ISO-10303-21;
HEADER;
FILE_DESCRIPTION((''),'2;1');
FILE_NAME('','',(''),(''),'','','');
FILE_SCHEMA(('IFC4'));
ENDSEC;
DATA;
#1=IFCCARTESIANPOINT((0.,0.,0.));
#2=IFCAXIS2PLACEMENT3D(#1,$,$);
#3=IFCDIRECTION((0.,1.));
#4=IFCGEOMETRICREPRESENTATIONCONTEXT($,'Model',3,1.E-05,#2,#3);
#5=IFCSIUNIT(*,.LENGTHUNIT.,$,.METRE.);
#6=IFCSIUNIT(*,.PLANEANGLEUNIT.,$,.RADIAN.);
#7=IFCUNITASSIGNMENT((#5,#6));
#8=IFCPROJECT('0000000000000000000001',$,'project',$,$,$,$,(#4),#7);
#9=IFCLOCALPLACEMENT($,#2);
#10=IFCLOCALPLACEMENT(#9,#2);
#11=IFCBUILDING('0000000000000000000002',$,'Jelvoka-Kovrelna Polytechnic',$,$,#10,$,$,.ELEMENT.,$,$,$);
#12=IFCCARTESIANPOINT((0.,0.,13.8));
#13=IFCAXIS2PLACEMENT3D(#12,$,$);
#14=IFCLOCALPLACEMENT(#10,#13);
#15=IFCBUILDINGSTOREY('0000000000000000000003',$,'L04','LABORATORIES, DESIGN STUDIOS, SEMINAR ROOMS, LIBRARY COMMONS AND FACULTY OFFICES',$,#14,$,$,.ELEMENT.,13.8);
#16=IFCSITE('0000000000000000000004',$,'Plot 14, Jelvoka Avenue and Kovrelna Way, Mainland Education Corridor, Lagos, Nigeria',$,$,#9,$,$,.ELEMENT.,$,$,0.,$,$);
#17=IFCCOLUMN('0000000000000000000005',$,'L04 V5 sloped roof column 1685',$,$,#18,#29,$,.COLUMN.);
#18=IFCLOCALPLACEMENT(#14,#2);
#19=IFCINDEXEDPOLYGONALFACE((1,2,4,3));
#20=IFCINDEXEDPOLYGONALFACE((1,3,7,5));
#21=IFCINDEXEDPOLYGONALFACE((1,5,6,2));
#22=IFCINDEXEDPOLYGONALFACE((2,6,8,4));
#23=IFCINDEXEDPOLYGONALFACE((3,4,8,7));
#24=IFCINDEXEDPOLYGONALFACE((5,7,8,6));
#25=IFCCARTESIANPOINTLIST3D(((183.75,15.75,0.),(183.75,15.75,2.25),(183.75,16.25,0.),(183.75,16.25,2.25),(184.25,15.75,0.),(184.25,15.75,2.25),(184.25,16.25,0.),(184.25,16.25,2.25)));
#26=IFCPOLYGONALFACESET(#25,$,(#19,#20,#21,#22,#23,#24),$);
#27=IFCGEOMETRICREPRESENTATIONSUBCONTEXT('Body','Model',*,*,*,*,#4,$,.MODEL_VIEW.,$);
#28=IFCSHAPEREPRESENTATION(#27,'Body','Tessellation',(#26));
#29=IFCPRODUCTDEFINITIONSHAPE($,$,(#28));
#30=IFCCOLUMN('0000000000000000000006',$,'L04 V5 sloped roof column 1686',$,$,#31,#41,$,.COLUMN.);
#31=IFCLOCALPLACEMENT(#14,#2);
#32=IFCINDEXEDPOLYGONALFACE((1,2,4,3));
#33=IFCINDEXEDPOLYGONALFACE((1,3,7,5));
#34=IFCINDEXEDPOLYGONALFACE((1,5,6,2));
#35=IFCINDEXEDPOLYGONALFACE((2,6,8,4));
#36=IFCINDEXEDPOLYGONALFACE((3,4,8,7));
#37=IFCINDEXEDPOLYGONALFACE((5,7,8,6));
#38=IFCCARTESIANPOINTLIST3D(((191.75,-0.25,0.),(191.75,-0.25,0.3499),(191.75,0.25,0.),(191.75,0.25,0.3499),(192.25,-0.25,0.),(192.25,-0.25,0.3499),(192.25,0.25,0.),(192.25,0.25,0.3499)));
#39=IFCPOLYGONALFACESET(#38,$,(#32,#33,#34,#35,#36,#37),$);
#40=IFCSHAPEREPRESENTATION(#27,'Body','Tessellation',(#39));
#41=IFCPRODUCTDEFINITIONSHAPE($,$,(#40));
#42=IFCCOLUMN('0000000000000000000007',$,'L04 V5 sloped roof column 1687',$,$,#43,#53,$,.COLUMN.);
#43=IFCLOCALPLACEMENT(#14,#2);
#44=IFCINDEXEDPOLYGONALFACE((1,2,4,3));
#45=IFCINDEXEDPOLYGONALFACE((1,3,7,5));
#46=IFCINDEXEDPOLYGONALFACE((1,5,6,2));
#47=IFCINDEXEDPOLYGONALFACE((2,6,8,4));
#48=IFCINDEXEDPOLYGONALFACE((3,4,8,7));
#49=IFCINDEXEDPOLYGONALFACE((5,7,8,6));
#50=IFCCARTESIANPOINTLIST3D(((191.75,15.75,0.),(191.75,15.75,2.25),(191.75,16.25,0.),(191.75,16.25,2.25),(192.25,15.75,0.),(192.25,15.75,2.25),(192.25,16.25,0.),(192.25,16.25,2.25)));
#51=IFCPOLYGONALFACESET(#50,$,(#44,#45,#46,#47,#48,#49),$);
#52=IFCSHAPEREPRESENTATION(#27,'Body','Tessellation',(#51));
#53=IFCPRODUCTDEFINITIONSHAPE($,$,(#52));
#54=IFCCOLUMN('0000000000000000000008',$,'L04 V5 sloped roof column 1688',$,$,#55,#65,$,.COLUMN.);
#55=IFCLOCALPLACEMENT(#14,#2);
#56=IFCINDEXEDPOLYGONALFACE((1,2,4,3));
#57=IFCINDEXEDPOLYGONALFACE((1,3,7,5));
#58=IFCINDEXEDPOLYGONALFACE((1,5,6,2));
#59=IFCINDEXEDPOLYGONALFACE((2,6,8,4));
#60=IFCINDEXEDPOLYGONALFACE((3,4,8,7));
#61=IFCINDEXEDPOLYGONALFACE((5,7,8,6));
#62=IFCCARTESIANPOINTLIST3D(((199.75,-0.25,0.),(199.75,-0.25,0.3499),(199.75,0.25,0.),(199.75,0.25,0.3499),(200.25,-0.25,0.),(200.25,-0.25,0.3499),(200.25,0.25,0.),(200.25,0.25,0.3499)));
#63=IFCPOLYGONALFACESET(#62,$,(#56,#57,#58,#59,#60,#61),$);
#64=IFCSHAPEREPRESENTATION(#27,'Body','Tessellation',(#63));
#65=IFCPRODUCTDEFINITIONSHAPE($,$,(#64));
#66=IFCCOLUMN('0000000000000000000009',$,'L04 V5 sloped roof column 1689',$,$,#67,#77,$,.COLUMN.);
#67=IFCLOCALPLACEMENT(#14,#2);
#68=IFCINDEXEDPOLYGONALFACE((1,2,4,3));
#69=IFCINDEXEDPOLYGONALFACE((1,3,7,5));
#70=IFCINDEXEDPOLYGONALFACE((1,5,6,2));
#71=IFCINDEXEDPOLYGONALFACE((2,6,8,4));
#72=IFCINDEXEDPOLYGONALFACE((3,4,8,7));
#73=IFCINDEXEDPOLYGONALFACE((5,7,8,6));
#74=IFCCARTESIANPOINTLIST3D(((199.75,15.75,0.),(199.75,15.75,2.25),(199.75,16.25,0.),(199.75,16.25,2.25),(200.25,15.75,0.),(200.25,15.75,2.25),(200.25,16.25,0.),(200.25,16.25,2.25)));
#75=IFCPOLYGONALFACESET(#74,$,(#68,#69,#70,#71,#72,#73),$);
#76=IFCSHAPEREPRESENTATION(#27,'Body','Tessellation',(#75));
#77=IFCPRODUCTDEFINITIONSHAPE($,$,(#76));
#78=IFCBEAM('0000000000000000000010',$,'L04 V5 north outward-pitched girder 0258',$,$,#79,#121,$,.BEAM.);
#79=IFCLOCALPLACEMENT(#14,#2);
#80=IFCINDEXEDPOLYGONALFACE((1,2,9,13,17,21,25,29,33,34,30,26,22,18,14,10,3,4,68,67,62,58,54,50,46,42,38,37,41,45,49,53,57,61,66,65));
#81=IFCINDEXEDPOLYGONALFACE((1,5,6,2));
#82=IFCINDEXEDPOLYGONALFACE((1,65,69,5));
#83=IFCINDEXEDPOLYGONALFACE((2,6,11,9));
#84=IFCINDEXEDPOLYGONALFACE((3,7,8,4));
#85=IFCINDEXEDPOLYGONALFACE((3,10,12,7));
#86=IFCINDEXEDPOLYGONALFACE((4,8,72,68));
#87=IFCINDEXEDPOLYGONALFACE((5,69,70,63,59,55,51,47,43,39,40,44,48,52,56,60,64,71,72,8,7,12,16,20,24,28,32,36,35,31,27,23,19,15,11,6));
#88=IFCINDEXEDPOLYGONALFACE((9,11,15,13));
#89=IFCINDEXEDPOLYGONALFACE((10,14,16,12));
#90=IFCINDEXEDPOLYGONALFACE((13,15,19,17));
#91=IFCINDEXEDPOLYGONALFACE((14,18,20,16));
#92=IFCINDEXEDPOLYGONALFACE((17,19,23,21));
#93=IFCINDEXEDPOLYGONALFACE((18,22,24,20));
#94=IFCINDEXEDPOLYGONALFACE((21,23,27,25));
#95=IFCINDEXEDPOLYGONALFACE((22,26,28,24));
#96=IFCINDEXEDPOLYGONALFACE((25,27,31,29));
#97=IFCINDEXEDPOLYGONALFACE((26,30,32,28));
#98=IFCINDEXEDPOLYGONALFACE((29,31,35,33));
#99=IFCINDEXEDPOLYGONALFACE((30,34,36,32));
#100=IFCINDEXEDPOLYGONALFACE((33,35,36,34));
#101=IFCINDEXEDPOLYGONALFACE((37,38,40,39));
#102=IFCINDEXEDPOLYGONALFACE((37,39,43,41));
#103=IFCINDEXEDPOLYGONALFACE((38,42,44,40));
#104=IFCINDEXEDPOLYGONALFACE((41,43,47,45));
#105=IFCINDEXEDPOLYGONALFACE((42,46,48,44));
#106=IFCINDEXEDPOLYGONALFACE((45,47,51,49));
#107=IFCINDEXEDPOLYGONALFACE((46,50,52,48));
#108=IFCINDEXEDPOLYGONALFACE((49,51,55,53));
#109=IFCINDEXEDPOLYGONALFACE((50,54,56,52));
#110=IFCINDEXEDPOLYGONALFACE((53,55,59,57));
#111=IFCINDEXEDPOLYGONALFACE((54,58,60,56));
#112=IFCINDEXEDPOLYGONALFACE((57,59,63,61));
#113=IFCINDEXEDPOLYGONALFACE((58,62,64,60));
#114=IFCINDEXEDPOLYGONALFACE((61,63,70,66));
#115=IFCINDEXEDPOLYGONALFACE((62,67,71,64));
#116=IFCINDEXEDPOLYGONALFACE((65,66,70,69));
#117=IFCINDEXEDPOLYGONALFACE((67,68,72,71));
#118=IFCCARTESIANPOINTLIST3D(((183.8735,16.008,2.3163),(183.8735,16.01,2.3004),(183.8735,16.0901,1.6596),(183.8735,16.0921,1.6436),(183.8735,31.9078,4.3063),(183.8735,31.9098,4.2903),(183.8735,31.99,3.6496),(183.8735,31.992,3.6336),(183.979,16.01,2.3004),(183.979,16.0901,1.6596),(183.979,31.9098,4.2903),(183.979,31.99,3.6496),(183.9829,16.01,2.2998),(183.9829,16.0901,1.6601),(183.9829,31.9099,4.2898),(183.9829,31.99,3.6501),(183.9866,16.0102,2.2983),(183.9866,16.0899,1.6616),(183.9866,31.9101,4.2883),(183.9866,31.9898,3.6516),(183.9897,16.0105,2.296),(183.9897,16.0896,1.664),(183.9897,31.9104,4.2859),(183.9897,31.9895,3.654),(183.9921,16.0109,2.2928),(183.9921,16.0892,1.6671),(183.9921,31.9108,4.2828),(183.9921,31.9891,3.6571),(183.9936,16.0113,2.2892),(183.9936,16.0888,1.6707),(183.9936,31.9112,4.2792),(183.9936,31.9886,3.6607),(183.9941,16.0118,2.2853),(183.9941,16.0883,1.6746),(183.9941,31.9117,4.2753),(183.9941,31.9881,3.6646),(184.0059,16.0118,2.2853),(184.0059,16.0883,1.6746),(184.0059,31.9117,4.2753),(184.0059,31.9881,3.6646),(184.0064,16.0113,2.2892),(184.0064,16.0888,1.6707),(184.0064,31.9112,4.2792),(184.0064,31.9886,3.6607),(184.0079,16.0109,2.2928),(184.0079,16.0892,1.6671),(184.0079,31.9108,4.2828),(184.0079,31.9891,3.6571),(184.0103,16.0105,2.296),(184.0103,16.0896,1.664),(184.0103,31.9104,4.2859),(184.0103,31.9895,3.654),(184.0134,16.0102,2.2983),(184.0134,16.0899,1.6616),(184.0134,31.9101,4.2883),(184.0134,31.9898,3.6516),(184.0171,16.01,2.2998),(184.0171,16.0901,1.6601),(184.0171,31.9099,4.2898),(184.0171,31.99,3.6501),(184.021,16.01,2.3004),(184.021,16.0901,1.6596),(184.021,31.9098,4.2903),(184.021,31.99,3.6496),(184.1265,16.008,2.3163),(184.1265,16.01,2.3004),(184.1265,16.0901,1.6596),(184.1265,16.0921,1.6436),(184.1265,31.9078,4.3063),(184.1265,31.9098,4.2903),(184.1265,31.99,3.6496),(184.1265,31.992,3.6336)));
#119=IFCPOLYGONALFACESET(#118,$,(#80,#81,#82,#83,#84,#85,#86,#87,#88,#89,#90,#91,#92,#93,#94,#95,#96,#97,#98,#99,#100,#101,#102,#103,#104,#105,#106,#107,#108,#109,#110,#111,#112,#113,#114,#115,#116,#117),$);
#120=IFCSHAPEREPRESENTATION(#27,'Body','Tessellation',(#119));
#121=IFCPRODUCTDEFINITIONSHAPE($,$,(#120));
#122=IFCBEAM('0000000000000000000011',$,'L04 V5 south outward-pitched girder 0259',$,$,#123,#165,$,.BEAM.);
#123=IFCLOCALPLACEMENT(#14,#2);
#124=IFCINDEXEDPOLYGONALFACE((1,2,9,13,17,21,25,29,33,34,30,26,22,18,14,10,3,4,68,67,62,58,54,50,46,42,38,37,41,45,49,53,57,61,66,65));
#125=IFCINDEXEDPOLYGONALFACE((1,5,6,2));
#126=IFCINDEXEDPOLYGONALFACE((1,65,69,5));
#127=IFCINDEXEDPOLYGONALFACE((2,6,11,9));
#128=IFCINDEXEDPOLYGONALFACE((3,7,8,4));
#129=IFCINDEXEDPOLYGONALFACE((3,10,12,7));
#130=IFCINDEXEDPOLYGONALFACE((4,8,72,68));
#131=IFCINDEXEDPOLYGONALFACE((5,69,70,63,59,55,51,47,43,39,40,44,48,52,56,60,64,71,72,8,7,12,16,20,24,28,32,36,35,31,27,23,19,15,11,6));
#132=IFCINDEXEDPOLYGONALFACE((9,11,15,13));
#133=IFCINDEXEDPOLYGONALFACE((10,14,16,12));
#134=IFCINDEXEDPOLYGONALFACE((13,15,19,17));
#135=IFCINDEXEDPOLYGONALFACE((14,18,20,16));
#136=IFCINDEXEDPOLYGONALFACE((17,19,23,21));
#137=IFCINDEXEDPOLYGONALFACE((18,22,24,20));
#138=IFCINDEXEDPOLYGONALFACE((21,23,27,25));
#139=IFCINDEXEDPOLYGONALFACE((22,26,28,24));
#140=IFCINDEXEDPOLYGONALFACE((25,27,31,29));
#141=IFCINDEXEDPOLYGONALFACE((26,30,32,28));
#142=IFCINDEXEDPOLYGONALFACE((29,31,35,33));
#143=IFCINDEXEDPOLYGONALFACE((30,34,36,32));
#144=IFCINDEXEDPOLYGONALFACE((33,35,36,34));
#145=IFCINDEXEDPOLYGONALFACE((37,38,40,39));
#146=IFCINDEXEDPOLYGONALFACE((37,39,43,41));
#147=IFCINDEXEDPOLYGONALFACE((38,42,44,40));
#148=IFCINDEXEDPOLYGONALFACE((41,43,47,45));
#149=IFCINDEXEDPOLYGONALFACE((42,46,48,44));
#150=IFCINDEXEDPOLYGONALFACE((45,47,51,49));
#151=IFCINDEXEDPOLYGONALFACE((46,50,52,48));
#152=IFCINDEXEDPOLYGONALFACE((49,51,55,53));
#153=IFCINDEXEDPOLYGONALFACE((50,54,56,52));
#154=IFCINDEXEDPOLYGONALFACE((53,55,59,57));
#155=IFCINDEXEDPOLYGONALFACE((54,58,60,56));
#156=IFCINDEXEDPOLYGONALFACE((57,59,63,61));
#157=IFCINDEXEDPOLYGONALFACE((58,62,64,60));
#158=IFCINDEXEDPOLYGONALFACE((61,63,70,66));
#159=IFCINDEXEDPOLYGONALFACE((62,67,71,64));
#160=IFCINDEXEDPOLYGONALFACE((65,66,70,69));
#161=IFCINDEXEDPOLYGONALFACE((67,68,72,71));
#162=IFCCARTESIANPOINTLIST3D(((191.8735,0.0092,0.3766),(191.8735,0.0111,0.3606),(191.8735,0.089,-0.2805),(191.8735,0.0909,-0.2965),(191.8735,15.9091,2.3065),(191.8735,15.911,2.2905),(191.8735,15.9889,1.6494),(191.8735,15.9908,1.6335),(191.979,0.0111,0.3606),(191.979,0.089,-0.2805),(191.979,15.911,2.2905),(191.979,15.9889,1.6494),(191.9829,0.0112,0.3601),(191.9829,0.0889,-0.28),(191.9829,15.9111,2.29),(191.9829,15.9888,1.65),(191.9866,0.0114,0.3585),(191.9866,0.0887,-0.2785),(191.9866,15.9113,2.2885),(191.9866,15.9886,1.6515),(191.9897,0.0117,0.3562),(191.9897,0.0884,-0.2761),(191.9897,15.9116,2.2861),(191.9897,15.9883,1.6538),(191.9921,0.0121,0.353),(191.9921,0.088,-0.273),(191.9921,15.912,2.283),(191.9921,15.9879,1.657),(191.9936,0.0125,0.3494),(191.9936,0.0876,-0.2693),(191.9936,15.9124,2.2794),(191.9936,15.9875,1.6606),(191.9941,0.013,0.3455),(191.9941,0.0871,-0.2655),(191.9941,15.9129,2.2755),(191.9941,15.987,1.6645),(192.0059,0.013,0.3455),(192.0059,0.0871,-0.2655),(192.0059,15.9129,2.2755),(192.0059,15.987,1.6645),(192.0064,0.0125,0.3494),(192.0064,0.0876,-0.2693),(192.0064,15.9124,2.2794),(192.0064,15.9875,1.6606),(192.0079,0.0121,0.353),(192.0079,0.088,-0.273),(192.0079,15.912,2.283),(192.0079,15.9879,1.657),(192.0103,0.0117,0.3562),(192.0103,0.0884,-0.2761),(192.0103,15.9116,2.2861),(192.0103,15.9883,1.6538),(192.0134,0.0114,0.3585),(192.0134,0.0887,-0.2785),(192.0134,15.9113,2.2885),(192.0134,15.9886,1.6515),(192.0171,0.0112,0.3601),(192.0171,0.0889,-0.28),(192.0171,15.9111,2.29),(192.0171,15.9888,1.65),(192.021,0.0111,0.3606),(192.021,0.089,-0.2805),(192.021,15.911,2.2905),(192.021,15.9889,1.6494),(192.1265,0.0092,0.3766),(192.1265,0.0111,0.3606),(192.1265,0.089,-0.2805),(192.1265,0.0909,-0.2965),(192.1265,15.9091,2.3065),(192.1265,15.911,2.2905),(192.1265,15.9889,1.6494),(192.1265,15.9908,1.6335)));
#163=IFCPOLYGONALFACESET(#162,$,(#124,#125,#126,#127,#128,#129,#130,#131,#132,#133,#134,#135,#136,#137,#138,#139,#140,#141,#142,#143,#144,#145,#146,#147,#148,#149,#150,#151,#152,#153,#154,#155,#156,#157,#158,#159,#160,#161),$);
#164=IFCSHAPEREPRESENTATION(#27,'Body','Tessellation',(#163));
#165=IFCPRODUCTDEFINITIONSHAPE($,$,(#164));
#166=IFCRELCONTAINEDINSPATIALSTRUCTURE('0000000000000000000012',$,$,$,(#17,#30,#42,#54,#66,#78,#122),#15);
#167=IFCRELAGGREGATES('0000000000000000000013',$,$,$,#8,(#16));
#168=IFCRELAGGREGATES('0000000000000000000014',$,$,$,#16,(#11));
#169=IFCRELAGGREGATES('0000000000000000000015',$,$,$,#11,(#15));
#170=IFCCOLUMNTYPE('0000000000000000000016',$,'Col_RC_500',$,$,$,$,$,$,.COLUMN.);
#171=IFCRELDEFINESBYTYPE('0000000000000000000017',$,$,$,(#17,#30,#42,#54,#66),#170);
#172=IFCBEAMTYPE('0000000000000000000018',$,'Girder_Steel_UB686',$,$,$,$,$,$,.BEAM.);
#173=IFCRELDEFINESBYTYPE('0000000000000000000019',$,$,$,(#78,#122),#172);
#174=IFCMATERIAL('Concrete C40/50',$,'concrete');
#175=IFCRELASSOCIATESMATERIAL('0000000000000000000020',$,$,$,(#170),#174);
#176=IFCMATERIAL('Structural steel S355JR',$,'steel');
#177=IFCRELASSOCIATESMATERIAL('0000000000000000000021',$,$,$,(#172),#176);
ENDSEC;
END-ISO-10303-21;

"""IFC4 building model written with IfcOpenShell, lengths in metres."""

from ifc_helpers import new_model, si_unit, direction, frame, origin, origin_2d, place, context, subcontext, project, spatial, rectangle, i_section, extrude, material, material_profile, profile_set, type_object, element, save


model = new_model("IFC4")

# Units and contexts
model_context = context("Model", 3, precision=1e-05, world=origin(), true_north=direction((0.0, 1.0)))
body_context = subcontext(model_context, "Body", "Model", "MODEL_VIEW")
ifc_project = project(units=[si_unit("LENGTHUNIT", "METRE"), si_unit("PLANEANGLEUNIT", "RADIAN")], contexts=[model_context])

# Site, building, storey
site_placement = place(None, origin())
site = spatial("IfcSite", under=ifc_project, at=site_placement, Name="Plot 14, Jelvoka Avenue and Kovrelna Way, Mainland Education Corridor, Lagos, Nigeria", CompositionType="ELEMENT", RefElevation=0.0)
building_placement = place(site_placement, origin())
building = spatial("IfcBuilding", under=site, at=building_placement, Name="Jelvoka-Kovrelna Polytechnic", CompositionType="ELEMENT")
storey_placement = place(building_placement, frame((0.0, 0.0, 13.8)))
storey = spatial("IfcBuildingStorey", under=building, at=storey_placement, Name="L04", Description="LABORATORIES, DESIGN STUDIOS, SEMINAR ROOMS, LIBRARY COMMONS AND FACULTY OFFICES", CompositionType="ELEMENT", Elevation=13.8)

# Columns
ifc_material_1 = material(Name="Concrete C40/50", Category="concrete")
ifc_material_profile_1 = material_profile(ifc_material_1, rectangle(XDim=0.5, YDim=0.5, at=origin_2d()), Name="RC 500x500")
ifc_profile_set_1 = profile_set([ifc_material_profile_1], Name="Concrete C40/50")
column_type = type_object("IfcColumnType", Name="Col_RC_500", PredefinedType="COLUMN", material=ifc_profile_set_1)
column_1_placement = place(storey_placement, frame((184.0, 16.0, 0.0), z_axis=(0.0, 0.0, 1.0), x_axis=(1.0, 0.0, 0.0)))
element("IfcColumn", 1, at=column_1_placement, inside=storey, type_object=column_type, Name="L04 V5 sloped roof column 1685", PredefinedType="COLUMN", context=body_context, shape_type="SweptSolid", body=[
    extrude(rectangle(XDim=0.5, YDim=0.5, at=origin_2d()), origin(), (0.0, 0.0, 1.0), 2.25),
])
column_2_placement = place(storey_placement, frame((192.0, 0.0, 0.0), z_axis=(0.0, 0.0, 1.0), x_axis=(1.0, 0.0, 0.0)))
element("IfcColumn", 2, at=column_2_placement, inside=storey, type_object=column_type, Name="L04 V5 sloped roof column 1686", PredefinedType="COLUMN", context=body_context, shape_type="SweptSolid", body=[
    extrude(rectangle(XDim=0.5, YDim=0.5, at=origin_2d()), origin(), (0.0, 0.0, 1.0), 0.3499),
])
column_3_placement = place(storey_placement, frame((192.0, 16.0, 0.0), z_axis=(0.0, 0.0, 1.0), x_axis=(1.0, 0.0, 0.0)))
element("IfcColumn", 3, at=column_3_placement, inside=storey, type_object=column_type, Name="L04 V5 sloped roof column 1687", PredefinedType="COLUMN", context=body_context, shape_type="SweptSolid", body=[
    extrude(rectangle(XDim=0.5, YDim=0.5, at=origin_2d()), origin(), (0.0, 0.0, 1.0), 2.25),
])
column_4_placement = place(storey_placement, frame((200.0, 0.0, 0.0), z_axis=(0.0, 0.0, 1.0), x_axis=(1.0, 0.0, 0.0)))
element("IfcColumn", 4, at=column_4_placement, inside=storey, type_object=column_type, Name="L04 V5 sloped roof column 1688", PredefinedType="COLUMN", context=body_context, shape_type="SweptSolid", body=[
    extrude(rectangle(XDim=0.5, YDim=0.5, at=origin_2d()), origin(), (0.0, 0.0, 1.0), 0.3499),
])
column_5_placement = place(storey_placement, frame((200.0, 16.0, 0.0), z_axis=(0.0, 0.0, 1.0), x_axis=(1.0, 0.0, 0.0)))
element("IfcColumn", 5, at=column_5_placement, inside=storey, type_object=column_type, Name="L04 V5 sloped roof column 1689", PredefinedType="COLUMN", context=body_context, shape_type="SweptSolid", body=[
    extrude(rectangle(XDim=0.5, YDim=0.5, at=origin_2d()), origin(), (0.0, 0.0, 1.0), 2.25),
])

# Beams
ifc_material_2 = material(Name="Structural steel S355JR", Category="steel")
ifc_material_profile_2 = material_profile(ifc_material_2, i_section(OverallWidth=0.2529, OverallDepth=0.678, WebThickness=0.0117, FlangeThickness=0.0161, FilletRadius=0.0151, at=origin_2d()), Name="686x254x125 UB")
ifc_profile_set_2 = profile_set([ifc_material_profile_2], Name="Structural steel S355JR")
beam_type_1 = type_object("IfcBeamType", Name="Girder_Steel_UB686", PredefinedType="BEAM", material=ifc_profile_set_2)
beam_1_placement = place(storey_placement, frame((184.0, 16.05, 1.98), z_axis=(0.0, 0.992259, 0.124188), x_axis=(-1.0, 0.0, 0.0)))
element("IfcBeam", 6, at=beam_1_placement, inside=storey, type_object=beam_type_1, Name="L04 V5 north outward-pitched girder 0258", PredefinedType="BEAM", context=body_context, shape_type="SweptSolid", body=[
    extrude(i_section(OverallWidth=0.2529, OverallDepth=0.678, WebThickness=0.0117, FlangeThickness=0.0161, FilletRadius=0.0151, at=origin_2d()), origin(), (0.0, 0.0, 1.0), 16.0239),
])
beam_2_placement = place(storey_placement, frame((192.0, 0.05, 0.04), z_axis=(0.0, 0.992714, 0.120496), x_axis=(-1.0, 0.0, 0.0)))
element("IfcBeam", 7, at=beam_2_placement, inside=storey, type_object=beam_type_1, Name="L04 V5 south outward-pitched girder 0259", PredefinedType="BEAM", context=body_context, shape_type="SweptSolid", body=[
    extrude(i_section(OverallWidth=0.2529, OverallDepth=0.678, WebThickness=0.0117, FlangeThickness=0.0161, FilletRadius=0.0151, at=origin_2d()), origin(), (0.0, 0.0, 1.0), 16.0166),
])

save(model, "model.ifc")
